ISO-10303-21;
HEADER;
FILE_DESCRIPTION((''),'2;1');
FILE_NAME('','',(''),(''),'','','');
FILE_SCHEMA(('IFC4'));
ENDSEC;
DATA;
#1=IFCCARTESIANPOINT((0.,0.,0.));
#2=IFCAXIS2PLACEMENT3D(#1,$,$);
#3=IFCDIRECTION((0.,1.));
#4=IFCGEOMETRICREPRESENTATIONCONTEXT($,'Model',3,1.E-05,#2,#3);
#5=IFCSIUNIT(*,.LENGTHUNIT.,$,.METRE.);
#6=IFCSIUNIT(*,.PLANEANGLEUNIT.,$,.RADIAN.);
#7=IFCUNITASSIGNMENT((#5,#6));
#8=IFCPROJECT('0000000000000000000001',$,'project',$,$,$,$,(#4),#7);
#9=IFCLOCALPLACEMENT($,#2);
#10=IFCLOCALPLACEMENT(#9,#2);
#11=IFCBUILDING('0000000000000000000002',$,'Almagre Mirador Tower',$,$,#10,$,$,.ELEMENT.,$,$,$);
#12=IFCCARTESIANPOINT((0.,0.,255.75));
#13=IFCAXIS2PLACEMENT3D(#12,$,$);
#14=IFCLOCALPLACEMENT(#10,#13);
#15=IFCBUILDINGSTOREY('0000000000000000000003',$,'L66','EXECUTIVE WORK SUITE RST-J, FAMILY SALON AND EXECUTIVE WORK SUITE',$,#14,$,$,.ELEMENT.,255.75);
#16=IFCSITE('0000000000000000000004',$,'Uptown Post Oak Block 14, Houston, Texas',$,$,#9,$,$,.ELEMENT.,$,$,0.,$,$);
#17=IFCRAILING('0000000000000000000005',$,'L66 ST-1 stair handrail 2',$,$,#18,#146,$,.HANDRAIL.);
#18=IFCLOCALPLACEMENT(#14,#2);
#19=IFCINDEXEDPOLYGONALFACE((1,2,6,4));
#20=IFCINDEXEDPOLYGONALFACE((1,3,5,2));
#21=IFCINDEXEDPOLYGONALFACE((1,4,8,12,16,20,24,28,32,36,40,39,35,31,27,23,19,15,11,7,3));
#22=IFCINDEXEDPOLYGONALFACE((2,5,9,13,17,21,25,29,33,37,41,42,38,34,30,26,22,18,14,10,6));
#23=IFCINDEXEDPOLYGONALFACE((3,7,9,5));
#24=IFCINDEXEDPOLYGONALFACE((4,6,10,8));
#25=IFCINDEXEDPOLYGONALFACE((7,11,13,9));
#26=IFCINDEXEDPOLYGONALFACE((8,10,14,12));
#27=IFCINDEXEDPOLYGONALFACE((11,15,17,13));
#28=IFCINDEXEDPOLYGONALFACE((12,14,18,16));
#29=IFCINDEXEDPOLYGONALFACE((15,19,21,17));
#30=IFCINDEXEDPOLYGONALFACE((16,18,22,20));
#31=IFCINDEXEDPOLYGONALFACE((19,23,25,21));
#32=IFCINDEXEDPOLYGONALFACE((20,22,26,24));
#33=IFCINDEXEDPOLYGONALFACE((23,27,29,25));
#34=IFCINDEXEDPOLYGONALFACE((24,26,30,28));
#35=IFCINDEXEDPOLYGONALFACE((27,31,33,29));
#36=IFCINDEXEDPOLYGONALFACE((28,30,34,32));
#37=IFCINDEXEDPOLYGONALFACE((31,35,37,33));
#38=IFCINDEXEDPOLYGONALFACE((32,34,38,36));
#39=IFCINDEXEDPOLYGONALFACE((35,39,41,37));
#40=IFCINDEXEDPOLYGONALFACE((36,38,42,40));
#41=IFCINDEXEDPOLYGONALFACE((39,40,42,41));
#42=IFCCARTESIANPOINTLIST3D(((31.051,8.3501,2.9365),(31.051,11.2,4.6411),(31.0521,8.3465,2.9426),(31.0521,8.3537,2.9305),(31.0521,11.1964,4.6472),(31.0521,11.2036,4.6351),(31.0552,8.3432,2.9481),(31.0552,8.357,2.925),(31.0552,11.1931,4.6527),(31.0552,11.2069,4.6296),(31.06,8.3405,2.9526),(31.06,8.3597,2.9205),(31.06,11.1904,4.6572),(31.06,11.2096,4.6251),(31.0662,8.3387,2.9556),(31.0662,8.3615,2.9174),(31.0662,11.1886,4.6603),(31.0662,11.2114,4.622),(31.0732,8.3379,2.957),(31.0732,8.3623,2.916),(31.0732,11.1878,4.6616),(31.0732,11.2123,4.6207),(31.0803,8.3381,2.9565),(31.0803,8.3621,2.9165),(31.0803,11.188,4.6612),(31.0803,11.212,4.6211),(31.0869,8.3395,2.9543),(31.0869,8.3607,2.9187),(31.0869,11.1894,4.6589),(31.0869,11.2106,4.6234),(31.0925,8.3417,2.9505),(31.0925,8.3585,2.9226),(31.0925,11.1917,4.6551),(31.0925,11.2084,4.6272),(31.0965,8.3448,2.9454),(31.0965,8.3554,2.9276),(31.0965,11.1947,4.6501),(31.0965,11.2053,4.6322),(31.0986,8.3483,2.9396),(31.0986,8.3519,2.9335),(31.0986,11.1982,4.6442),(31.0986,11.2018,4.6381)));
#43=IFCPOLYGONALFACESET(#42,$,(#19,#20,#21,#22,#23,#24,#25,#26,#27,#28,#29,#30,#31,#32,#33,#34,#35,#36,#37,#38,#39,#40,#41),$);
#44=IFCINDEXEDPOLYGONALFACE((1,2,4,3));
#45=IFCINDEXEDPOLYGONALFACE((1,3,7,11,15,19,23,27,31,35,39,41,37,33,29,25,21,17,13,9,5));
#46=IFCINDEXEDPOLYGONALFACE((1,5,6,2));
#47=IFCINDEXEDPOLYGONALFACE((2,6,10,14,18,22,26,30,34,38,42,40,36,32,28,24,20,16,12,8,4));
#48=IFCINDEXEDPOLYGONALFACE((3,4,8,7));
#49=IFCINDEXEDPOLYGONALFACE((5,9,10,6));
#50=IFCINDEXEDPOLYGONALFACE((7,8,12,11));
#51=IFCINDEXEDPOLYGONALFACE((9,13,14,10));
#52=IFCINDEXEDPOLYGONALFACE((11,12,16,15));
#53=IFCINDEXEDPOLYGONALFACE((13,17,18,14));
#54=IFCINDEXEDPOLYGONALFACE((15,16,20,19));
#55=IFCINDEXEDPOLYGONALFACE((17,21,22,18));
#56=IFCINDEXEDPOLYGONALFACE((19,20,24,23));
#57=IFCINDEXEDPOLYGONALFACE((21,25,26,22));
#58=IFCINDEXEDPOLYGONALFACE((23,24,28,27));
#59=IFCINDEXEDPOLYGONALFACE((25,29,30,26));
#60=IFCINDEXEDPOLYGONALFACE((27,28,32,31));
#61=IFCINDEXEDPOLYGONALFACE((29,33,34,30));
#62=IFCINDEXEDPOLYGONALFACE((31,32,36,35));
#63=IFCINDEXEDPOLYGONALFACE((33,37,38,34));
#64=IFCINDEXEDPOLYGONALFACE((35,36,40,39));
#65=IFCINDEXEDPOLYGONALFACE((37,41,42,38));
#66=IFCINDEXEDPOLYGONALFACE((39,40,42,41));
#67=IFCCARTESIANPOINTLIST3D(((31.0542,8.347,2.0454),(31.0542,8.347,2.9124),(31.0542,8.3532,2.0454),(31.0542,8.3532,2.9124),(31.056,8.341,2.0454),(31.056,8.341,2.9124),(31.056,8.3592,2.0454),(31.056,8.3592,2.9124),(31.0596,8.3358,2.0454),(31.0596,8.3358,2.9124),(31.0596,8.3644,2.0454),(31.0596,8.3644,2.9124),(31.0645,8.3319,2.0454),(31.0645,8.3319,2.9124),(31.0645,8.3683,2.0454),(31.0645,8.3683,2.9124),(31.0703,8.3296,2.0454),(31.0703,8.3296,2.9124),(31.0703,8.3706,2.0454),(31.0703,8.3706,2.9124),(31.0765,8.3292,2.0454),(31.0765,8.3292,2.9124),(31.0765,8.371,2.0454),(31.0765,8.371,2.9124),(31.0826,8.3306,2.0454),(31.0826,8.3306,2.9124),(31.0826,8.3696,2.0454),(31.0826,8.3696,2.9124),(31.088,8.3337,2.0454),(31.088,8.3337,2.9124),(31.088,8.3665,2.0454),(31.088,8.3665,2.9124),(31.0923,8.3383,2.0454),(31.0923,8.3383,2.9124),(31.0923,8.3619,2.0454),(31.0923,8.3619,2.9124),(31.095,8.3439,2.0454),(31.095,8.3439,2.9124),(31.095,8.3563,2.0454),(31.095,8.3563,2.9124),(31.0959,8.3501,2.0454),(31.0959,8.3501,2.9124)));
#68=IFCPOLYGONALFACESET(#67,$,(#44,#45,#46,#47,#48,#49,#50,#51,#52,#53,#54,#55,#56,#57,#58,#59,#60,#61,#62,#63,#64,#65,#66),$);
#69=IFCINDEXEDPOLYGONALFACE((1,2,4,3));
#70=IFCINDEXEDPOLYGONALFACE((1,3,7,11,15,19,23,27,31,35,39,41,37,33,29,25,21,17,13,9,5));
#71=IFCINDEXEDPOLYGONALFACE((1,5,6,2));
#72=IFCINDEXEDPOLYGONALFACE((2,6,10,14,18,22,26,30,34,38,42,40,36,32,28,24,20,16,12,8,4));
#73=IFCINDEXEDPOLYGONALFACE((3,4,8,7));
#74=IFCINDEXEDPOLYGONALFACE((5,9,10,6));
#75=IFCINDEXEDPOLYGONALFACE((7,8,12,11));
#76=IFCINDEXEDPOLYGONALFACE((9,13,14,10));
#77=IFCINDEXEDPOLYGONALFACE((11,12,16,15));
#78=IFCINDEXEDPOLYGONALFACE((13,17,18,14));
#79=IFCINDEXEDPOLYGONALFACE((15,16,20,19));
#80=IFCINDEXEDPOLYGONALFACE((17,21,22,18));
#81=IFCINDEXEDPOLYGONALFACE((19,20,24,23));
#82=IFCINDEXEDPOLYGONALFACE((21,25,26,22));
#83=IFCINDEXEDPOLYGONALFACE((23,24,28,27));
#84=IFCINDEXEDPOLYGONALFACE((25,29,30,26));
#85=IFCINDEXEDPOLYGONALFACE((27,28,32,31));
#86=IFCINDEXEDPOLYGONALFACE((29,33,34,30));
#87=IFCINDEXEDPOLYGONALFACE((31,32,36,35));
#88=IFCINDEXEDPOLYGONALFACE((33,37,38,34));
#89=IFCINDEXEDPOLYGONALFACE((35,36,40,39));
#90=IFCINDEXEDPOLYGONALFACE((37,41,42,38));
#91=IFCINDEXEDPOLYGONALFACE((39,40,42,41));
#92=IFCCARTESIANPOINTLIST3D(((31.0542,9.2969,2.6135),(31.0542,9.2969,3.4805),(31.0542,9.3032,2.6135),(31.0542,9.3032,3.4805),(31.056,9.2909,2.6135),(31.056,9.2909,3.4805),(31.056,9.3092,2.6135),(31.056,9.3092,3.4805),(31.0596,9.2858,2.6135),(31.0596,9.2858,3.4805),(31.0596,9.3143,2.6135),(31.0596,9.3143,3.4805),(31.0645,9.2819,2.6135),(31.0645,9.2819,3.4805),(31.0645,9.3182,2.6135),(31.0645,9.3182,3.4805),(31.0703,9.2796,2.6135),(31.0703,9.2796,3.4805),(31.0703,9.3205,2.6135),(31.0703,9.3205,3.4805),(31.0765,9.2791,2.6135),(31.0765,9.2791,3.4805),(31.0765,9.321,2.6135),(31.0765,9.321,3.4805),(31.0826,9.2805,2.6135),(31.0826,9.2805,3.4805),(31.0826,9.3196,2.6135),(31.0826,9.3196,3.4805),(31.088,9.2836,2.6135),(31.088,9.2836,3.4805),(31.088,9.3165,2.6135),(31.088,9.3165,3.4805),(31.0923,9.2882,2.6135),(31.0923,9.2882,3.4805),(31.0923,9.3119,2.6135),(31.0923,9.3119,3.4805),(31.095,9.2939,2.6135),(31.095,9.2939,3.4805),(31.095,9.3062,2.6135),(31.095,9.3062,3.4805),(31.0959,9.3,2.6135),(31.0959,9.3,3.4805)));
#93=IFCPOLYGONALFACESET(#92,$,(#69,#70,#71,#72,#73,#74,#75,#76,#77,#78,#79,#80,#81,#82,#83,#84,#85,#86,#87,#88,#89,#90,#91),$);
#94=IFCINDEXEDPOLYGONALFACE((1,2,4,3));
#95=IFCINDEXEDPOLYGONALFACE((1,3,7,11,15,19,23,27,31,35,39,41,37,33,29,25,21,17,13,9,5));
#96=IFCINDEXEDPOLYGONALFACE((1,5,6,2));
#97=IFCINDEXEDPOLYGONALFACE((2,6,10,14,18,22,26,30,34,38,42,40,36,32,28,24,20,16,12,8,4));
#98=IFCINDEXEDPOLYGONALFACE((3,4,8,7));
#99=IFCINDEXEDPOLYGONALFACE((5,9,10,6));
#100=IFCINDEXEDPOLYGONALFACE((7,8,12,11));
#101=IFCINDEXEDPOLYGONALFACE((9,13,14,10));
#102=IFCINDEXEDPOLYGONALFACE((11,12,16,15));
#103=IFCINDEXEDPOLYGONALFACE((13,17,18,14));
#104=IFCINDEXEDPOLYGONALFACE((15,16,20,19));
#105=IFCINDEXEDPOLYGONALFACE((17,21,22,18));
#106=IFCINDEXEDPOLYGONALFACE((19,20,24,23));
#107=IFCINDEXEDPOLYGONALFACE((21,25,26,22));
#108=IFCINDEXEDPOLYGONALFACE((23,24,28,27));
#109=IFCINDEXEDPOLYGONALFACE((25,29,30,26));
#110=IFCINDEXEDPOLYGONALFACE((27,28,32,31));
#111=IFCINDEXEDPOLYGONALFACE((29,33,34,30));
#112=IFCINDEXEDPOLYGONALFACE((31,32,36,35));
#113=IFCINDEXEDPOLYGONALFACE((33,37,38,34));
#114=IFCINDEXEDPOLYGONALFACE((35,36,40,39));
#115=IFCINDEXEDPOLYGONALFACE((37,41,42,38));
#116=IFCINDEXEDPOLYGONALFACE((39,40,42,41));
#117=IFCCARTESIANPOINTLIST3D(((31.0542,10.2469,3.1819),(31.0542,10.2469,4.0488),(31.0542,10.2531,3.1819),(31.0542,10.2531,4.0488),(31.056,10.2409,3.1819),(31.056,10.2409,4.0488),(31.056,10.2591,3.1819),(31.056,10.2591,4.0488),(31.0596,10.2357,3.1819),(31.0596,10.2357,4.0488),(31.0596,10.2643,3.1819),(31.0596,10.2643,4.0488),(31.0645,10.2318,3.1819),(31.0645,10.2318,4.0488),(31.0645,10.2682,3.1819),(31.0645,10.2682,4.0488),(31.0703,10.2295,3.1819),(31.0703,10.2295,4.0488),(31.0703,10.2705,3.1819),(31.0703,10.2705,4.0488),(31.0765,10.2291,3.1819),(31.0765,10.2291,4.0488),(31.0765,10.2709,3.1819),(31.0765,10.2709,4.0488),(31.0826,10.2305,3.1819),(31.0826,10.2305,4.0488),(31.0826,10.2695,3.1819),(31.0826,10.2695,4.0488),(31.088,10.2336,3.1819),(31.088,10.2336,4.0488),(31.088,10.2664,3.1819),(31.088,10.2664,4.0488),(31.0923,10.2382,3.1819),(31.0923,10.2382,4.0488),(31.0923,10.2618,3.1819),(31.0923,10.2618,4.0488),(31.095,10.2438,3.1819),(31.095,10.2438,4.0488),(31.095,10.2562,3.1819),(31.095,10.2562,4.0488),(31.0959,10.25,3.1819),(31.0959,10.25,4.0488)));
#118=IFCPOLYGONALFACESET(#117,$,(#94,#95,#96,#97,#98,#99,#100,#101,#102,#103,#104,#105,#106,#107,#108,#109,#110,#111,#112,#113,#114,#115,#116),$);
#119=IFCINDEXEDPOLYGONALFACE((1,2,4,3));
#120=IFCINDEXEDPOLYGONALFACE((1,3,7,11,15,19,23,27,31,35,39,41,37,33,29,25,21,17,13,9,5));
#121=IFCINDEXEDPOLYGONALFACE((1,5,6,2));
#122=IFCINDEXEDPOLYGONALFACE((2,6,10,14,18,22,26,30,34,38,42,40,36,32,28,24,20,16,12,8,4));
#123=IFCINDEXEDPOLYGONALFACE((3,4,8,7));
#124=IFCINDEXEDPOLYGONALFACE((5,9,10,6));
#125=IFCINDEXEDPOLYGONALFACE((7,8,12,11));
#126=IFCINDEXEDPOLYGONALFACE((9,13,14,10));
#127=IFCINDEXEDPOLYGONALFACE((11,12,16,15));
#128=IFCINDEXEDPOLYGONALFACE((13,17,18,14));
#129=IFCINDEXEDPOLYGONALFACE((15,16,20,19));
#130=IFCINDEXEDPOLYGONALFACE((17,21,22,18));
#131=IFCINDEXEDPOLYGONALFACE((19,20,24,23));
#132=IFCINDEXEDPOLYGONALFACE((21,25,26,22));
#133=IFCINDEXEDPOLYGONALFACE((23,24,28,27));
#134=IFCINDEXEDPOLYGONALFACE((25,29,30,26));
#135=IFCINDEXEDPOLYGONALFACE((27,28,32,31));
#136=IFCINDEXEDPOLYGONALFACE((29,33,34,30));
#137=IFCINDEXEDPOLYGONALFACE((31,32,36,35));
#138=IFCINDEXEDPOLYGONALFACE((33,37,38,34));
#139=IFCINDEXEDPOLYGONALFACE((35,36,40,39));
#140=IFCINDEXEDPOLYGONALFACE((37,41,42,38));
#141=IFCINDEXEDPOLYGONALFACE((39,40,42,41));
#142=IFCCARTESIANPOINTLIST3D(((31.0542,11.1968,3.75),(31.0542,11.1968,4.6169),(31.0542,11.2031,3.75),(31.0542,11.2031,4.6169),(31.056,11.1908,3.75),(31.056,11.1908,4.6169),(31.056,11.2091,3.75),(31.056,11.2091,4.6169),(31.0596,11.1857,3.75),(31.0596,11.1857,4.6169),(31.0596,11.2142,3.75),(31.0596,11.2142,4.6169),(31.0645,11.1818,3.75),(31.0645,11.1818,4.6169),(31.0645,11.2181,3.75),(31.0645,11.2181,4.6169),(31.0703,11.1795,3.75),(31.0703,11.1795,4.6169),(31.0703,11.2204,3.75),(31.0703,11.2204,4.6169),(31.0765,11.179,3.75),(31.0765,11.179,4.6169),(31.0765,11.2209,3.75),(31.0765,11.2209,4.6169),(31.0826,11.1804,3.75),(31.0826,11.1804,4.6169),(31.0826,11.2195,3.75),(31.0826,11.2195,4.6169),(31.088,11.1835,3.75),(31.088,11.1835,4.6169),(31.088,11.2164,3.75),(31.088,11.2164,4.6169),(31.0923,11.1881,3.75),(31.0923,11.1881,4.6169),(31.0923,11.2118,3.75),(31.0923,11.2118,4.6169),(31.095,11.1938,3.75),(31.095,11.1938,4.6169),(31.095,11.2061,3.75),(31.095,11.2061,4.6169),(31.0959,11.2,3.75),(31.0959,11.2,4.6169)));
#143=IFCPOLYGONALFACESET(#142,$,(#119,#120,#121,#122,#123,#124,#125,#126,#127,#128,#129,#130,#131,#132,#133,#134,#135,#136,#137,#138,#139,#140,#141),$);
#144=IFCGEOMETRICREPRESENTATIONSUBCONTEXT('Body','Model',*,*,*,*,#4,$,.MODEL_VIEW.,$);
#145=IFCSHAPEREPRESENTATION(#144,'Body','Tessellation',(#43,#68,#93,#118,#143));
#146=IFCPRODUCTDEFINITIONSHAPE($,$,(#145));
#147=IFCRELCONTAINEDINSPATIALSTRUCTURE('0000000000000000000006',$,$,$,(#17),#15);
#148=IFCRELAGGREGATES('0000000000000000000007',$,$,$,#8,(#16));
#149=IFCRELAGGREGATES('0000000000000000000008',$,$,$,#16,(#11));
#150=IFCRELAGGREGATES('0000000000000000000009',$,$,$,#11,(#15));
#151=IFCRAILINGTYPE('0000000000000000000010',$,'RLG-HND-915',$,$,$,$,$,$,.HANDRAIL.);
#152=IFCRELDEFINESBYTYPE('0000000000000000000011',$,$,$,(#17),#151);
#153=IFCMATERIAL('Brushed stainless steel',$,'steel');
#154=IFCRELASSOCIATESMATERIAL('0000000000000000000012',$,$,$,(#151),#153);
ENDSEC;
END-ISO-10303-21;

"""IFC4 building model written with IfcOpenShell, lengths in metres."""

from ifc_helpers import new_model, si_unit, direction, frame, origin, origin_2d, place, context, subcontext, project, spatial, circle, extrude, material, type_object, element, save


model = new_model("IFC4")

# Units and contexts
model_context = context("Model", 3, precision=1e-05, world=origin(), true_north=direction((0.0, 1.0)))
body_context = subcontext(model_context, "Body", "Model", "MODEL_VIEW")
ifc_project = project(units=[si_unit("LENGTHUNIT", "METRE"), si_unit("PLANEANGLEUNIT", "RADIAN")], contexts=[model_context])

# Site, building, storey
site_placement = place(None, origin())
site = spatial("IfcSite", under=ifc_project, at=site_placement, Name="Uptown Post Oak Block 14, Houston, Texas", CompositionType="ELEMENT", RefElevation=0.0)
building_placement = place(site_placement, origin())
building = spatial("IfcBuilding", under=site, at=building_placement, Name="Almagre Mirador Tower", CompositionType="ELEMENT")
storey_placement = place(building_placement, frame((0.0, 0.0, 255.75)))
storey = spatial("IfcBuildingStorey", under=building, at=storey_placement, Name="L66", Description="EXECUTIVE WORK SUITE RST-J, FAMILY SALON AND EXECUTIVE WORK SUITE", CompositionType="ELEMENT", Elevation=255.75)

# Railing
ifc_material_1 = material(Name="Brushed stainless steel", Category="steel")
railing_type = type_object("IfcRailingType", Name="RLG-HND-915", PredefinedType="HANDRAIL", material=ifc_material_1)
railing_placement = place(storey_placement, frame((31.075, 8.3501, 2.0454)))
element("IfcRailing", 1, at=railing_placement, inside=storey, type_object=railing_type, Name="L66 ST-1 stair handrail 2", PredefinedType="HANDRAIL", context=body_context, shape_type="SweptSolid", body=[
    extrude(circle(Radius=0.0239, at=origin_2d()), frame((0.0, 0.0, 0.8911), z_axis=(0.0, 0.858199, 0.513317), x_axis=(-1.0, 0.0, 0.0)), (0.0, 0.0, 1.0), 3.3208),
    extrude(circle(Radius=0.021, at=origin_2d()), origin(), (0.0, 0.0, 1.0), 0.8669),
    extrude(circle(Radius=0.021, at=origin_2d()), frame((0.0, 0.95, 0.5681)), (0.0, 0.0, 1.0), 0.8669),
    extrude(circle(Radius=0.021, at=origin_2d()), frame((0.0, 1.8999, 1.1365)), (0.0, 0.0, 1.0), 0.8669),
    extrude(circle(Radius=0.021, at=origin_2d()), frame((0.0, 2.8499, 1.7046)), (0.0, 0.0, 1.0), 0.8669),
])

save(model, "model.ifc")
